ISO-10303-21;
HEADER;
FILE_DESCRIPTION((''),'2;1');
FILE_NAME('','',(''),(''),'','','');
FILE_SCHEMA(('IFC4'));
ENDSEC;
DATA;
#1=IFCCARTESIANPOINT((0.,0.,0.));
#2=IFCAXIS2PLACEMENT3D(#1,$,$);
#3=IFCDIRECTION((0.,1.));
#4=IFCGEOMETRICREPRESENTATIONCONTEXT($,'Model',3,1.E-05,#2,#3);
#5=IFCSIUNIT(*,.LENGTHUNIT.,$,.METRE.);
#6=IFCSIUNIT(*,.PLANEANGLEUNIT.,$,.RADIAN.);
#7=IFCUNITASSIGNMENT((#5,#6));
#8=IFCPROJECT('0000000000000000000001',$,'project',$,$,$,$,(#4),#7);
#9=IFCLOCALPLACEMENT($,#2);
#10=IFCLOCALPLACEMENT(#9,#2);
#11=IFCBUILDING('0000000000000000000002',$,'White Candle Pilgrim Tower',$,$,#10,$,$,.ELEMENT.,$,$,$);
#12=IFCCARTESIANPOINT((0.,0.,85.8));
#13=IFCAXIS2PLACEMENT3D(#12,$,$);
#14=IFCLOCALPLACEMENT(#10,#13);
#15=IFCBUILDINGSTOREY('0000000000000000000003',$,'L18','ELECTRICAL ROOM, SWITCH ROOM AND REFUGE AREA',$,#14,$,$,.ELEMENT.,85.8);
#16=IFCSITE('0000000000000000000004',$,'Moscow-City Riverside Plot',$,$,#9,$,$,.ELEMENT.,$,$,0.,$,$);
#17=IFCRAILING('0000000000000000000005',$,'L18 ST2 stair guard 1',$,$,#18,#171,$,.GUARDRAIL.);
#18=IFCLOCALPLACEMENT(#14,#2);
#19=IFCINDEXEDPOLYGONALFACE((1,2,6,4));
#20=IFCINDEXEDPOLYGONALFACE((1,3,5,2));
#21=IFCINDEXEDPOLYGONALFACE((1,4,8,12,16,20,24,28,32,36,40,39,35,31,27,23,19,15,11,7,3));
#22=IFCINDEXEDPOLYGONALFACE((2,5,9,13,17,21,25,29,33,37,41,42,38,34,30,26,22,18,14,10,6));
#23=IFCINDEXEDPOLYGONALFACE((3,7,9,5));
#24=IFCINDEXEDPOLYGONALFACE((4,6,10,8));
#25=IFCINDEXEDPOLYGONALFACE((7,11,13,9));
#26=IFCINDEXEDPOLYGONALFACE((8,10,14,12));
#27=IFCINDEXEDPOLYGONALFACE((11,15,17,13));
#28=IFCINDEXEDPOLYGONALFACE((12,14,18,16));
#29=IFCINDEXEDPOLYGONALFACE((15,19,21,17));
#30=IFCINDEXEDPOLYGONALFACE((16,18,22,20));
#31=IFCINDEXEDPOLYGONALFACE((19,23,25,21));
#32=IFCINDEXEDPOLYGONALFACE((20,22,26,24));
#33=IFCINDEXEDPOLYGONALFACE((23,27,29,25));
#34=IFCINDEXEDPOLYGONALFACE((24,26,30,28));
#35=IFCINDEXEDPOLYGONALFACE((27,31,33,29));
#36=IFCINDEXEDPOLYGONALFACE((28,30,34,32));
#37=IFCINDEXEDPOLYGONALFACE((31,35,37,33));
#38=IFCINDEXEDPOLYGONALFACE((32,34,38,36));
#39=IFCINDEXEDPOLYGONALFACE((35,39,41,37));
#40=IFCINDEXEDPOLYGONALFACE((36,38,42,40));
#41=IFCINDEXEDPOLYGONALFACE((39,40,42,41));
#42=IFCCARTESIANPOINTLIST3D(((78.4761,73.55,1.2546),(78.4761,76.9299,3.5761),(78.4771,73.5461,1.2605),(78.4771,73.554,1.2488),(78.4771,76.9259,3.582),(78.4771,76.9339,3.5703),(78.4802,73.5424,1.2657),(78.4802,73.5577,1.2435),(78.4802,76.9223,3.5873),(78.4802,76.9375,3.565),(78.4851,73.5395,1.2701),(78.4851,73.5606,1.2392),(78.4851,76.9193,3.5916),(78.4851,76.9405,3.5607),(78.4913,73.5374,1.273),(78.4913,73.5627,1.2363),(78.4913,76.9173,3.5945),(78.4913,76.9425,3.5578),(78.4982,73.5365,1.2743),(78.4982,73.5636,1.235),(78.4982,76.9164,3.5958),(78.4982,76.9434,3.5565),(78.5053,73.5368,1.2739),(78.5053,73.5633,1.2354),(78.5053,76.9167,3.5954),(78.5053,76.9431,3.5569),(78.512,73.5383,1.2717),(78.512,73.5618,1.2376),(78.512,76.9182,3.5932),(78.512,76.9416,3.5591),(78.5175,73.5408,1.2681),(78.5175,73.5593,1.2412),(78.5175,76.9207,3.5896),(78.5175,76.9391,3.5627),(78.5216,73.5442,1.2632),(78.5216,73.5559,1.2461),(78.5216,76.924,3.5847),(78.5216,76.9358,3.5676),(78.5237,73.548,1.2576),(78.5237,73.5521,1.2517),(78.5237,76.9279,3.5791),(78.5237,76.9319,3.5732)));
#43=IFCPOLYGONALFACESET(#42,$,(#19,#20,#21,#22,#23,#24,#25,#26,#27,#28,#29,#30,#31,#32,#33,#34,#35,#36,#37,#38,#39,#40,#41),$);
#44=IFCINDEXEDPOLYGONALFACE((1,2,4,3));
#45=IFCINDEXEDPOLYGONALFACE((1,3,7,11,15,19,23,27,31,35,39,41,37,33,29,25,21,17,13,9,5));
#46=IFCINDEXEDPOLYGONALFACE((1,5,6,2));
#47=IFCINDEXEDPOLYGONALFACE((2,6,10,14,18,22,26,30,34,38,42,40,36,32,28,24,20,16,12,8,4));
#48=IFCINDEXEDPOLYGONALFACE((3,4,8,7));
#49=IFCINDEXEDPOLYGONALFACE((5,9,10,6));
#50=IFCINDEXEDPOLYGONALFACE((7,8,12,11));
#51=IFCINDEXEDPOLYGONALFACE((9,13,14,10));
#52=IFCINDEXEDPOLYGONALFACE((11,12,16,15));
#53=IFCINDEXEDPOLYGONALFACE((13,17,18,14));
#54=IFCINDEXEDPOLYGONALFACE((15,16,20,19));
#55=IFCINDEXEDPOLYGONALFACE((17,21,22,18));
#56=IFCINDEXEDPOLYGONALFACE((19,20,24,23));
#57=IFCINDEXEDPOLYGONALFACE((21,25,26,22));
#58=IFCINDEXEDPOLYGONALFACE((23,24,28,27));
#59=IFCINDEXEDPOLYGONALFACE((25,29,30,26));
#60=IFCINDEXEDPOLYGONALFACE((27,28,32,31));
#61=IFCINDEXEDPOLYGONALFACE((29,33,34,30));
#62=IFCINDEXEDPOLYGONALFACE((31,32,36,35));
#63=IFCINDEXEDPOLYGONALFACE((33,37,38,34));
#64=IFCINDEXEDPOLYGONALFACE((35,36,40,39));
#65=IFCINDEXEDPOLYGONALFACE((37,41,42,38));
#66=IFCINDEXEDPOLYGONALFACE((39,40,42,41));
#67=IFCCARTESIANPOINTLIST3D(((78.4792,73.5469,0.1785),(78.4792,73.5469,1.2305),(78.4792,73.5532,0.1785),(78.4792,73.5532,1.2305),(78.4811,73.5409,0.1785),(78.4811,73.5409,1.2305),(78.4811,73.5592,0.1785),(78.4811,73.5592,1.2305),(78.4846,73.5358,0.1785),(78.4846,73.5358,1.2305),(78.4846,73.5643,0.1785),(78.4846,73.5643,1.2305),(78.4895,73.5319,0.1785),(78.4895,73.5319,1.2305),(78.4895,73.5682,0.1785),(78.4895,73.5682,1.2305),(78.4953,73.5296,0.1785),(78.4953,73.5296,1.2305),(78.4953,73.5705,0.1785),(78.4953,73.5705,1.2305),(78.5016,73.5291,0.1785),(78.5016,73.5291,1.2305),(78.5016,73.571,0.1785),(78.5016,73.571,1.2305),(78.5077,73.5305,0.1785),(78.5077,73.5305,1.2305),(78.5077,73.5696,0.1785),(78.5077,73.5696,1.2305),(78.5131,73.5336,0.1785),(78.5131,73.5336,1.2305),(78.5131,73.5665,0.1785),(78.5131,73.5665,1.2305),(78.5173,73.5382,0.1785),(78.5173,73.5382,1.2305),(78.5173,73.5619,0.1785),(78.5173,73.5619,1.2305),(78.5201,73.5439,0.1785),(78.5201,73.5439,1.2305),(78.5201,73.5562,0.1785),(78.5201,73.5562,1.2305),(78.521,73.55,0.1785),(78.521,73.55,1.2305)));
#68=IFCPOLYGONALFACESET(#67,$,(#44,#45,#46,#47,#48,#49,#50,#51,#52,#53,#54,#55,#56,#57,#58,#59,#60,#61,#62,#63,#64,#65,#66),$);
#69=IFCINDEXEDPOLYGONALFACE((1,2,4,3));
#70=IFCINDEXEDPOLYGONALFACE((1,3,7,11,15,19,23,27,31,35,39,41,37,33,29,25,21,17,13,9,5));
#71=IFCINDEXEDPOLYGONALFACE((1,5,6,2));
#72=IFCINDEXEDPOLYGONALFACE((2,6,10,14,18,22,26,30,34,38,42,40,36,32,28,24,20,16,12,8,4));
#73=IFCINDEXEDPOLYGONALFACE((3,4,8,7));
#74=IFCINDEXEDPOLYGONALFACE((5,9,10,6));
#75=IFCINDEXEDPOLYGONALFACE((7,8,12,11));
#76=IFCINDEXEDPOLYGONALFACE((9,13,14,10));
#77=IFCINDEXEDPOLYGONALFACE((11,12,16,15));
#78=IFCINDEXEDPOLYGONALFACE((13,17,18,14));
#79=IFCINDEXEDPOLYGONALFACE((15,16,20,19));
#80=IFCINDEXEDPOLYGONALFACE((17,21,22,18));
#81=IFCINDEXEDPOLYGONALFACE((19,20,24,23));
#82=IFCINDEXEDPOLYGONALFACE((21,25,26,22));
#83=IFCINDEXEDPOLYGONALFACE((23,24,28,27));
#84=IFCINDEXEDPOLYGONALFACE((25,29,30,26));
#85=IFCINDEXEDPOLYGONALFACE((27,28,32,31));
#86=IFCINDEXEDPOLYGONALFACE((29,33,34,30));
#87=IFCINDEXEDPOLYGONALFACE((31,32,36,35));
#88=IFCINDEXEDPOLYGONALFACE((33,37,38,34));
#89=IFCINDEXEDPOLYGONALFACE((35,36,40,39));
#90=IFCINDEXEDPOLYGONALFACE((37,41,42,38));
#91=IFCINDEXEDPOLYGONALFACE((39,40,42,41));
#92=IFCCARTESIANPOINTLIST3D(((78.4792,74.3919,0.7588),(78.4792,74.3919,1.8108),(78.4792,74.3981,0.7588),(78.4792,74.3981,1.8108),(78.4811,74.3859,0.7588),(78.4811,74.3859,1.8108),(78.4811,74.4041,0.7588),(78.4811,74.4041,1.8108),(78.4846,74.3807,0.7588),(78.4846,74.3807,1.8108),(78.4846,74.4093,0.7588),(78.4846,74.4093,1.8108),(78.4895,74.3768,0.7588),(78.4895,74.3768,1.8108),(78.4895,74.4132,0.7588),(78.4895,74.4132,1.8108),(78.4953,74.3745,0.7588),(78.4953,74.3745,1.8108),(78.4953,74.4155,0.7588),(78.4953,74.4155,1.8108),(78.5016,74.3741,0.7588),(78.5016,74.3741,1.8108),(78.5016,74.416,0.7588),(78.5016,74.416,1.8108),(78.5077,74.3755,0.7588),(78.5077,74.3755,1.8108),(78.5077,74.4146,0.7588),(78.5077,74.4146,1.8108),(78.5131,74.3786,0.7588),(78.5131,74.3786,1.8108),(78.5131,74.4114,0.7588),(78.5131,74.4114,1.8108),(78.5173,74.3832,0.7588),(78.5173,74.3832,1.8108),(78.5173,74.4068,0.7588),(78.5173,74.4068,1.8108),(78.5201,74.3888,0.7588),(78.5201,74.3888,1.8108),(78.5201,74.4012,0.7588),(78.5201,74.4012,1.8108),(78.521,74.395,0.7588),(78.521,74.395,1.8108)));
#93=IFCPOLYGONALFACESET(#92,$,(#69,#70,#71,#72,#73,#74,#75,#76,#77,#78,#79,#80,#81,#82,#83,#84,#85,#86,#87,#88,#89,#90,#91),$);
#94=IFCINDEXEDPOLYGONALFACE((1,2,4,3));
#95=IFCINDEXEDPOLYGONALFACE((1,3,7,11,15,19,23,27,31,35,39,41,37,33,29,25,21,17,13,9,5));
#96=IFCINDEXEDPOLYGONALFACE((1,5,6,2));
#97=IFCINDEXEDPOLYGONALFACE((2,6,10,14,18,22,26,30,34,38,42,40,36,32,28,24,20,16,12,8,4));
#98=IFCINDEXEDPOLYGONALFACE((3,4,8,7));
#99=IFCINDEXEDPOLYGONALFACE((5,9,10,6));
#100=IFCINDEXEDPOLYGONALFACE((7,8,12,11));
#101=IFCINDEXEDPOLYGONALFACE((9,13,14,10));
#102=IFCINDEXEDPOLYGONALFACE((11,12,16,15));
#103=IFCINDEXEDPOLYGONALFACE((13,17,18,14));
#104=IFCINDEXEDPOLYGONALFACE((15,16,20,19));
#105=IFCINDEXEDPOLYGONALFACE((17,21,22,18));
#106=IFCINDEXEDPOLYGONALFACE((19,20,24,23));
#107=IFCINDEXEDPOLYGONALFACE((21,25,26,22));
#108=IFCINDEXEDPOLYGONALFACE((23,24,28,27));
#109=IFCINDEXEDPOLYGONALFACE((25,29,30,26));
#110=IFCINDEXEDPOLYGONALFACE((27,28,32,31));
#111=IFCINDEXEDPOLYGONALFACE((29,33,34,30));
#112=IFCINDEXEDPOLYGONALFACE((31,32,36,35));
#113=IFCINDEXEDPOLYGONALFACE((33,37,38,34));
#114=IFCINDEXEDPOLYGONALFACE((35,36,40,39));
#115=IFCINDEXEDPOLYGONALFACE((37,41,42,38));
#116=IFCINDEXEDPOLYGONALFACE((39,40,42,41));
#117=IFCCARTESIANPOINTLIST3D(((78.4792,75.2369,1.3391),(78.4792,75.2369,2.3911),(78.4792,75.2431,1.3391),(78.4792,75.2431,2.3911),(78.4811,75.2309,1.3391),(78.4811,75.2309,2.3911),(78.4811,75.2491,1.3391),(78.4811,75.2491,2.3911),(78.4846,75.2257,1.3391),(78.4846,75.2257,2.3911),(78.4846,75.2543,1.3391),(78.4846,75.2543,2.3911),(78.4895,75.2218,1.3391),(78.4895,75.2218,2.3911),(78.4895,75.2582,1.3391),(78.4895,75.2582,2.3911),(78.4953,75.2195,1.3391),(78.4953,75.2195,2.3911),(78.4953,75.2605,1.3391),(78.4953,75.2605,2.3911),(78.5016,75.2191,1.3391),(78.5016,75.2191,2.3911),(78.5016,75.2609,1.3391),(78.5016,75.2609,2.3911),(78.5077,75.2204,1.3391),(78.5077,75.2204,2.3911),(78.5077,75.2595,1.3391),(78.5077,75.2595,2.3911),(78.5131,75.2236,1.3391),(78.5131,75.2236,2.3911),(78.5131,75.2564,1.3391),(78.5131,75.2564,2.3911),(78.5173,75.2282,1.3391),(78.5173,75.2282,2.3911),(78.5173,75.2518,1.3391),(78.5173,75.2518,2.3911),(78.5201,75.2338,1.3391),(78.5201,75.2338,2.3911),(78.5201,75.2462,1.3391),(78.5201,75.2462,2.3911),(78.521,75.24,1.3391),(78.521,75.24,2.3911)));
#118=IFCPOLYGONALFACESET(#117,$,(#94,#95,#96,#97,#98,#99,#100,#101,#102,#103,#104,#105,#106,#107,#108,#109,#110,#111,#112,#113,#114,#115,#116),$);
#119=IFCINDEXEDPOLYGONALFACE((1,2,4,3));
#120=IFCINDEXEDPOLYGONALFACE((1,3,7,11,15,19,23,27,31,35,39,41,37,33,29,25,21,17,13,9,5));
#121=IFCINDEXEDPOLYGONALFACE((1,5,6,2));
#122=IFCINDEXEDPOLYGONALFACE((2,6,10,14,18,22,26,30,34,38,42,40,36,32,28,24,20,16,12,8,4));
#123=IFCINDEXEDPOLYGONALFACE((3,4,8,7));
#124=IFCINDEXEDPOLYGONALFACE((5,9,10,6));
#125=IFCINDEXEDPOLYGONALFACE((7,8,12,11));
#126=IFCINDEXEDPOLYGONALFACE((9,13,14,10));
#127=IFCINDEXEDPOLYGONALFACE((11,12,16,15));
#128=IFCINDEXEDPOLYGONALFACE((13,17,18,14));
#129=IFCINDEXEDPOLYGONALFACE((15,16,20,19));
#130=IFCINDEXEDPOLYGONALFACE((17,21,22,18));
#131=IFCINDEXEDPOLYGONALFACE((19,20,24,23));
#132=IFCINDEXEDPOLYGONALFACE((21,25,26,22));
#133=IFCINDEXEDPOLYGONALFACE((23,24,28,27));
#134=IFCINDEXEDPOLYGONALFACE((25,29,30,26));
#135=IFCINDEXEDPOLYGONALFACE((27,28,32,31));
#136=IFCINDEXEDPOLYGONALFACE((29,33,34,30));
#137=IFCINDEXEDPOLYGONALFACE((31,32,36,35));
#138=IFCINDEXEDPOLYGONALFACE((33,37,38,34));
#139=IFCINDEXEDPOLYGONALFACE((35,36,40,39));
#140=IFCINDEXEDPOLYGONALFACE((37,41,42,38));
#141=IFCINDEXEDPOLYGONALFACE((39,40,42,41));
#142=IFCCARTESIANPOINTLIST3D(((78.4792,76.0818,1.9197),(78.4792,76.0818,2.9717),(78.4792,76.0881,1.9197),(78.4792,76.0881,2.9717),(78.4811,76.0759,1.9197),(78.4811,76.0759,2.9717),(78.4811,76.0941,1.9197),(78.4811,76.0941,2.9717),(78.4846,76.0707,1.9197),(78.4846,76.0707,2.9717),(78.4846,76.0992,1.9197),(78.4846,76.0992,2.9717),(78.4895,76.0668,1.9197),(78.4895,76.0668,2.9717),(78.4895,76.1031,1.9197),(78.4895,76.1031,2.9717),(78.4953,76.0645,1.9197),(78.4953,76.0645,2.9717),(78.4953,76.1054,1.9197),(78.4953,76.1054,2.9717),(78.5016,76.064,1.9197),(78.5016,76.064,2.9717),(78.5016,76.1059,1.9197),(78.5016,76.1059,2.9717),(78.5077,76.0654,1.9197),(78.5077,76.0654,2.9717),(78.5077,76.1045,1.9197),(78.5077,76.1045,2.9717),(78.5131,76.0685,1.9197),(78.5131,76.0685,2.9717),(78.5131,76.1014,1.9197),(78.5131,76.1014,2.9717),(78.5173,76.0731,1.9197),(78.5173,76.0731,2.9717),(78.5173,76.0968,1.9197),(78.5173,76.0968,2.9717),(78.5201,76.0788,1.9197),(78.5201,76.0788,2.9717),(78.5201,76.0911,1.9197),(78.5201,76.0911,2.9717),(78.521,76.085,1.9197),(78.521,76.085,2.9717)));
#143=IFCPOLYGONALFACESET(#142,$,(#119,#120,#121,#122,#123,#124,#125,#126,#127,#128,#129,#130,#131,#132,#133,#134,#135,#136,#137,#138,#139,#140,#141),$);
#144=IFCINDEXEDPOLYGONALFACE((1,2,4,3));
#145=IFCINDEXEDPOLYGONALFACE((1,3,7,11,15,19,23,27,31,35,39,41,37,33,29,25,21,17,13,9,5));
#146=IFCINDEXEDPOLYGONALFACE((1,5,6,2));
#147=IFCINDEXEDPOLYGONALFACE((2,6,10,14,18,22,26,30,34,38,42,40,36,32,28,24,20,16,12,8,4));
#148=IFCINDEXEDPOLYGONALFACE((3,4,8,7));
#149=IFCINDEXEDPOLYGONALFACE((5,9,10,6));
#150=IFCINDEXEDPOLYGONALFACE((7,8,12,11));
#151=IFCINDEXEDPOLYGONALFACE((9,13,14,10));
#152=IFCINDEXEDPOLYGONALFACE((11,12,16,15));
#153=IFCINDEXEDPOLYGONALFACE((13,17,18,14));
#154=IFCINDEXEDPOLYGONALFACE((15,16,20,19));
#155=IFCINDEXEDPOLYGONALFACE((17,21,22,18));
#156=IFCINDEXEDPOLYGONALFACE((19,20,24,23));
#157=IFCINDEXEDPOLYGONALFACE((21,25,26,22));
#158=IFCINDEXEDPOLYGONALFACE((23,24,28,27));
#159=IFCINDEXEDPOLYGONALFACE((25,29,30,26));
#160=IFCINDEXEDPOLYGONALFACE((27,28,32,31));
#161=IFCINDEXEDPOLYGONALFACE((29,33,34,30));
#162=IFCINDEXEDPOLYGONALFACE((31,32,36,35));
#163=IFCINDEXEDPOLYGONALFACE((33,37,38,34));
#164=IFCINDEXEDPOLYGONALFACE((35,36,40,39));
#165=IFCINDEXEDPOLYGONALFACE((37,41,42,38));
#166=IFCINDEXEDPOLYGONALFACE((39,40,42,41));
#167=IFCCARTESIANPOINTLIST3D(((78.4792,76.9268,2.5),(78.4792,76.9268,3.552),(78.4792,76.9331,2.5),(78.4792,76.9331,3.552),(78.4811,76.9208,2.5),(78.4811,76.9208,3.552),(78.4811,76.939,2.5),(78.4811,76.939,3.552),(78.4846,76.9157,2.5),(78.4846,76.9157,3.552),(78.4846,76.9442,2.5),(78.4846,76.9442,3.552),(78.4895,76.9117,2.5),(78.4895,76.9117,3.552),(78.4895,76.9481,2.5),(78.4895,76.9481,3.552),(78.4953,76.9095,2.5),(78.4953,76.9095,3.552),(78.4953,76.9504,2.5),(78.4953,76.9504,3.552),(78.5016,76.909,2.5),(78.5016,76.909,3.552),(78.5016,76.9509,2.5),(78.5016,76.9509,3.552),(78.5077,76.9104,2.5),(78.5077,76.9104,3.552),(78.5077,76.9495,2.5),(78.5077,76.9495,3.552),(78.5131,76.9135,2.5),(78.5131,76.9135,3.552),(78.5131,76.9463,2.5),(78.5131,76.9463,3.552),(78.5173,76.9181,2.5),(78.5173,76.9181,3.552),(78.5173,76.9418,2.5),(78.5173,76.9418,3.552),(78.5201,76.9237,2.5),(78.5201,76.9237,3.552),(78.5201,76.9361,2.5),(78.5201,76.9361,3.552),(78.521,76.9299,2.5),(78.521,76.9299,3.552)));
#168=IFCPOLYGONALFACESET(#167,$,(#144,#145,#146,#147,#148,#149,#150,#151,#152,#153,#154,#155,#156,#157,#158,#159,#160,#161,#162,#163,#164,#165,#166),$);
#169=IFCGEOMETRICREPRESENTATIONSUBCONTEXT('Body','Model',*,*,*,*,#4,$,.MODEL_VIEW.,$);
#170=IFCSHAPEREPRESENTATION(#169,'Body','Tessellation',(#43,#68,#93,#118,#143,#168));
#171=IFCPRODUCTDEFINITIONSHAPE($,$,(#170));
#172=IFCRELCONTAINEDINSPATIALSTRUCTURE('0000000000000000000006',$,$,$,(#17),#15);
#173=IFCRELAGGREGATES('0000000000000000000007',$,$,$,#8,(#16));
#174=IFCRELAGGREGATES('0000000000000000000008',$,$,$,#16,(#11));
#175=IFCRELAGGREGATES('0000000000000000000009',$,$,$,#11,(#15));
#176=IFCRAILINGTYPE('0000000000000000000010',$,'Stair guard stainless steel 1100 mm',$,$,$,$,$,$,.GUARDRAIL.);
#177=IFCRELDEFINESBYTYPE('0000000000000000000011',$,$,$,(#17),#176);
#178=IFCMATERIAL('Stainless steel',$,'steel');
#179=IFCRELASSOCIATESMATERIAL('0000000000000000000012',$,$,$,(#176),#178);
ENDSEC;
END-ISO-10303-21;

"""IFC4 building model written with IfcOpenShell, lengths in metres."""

from ifc_helpers import new_model, si_unit, direction, frame, origin, origin_2d, place, context, subcontext, project, spatial, circle, extrude, material, type_object, element, save


model = new_model("IFC4")

# Units and contexts
model_context = context("Model", 3, precision=1e-05, world=origin(), true_north=direction((0.0, 1.0)))
body_context = subcontext(model_context, "Body", "Model", "MODEL_VIEW")
ifc_project = project(units=[si_unit("LENGTHUNIT", "METRE"), si_unit("PLANEANGLEUNIT", "RADIAN")], contexts=[model_context])

# Site, building, storey
site_placement = place(None, origin())
site = spatial("IfcSite", under=ifc_project, at=site_placement, Name="Moscow-City Riverside Plot", CompositionType="ELEMENT", RefElevation=0.0)
building_placement = place(site_placement, origin())
building = spatial("IfcBuilding", under=site, at=building_placement, Name="White Candle Pilgrim Tower", CompositionType="ELEMENT")
storey_placement = place(building_placement, frame((0.0, 0.0, 85.8)))
storey = spatial("IfcBuildingStorey", under=building, at=storey_placement, Name="L18", Description="ELECTRICAL ROOM, SWITCH ROOM AND REFUGE AREA", CompositionType="ELEMENT", Elevation=85.8)

# Railing
ifc_material_1 = material(Name="Stainless steel", Category="steel")
railing_type_1 = type_object("IfcRailingType", Name="Stair guard stainless steel 1100 mm", PredefinedType="GUARDRAIL", material=ifc_material_1)
railing_1_placement = place(storey_placement, frame((78.5, 73.55, 0.1785)))
element("IfcRailing", 1, at=railing_1_placement, inside=storey, type_object=railing_type_1, Name="L18 ST2 stair guard 1", PredefinedType="GUARDRAIL", context=body_context, shape_type="SweptSolid", body=[
    extrude(circle(Radius=0.0239, at=origin_2d()), frame((0.0, 0.0, 1.0762), z_axis=(0.0, 0.824285, 0.566175), x_axis=(-1.0, 0.0, 0.0)), (0.0, 0.0, 1.0), 4.1003),
    extrude(circle(Radius=0.021, at=origin_2d()), origin(), (0.0, 0.0, 1.0), 1.052),
    extrude(circle(Radius=0.021, at=origin_2d()), frame((0.0, 0.845, 0.5803)), (0.0, 0.0, 1.0), 1.052),
    extrude(circle(Radius=0.021, at=origin_2d()), frame((0.0, 1.6899, 1.1606)), (0.0, 0.0, 1.0), 1.052),
    extrude(circle(Radius=0.021, at=origin_2d()), frame((0.0, 2.5349, 1.7412)), (0.0, 0.0, 1.0), 1.052),
    extrude(circle(Radius=0.021, at=origin_2d()), frame((0.0, 3.3799, 2.3215)), (0.0, 0.0, 1.0), 1.052),
])

save(model, "model.ifc")
